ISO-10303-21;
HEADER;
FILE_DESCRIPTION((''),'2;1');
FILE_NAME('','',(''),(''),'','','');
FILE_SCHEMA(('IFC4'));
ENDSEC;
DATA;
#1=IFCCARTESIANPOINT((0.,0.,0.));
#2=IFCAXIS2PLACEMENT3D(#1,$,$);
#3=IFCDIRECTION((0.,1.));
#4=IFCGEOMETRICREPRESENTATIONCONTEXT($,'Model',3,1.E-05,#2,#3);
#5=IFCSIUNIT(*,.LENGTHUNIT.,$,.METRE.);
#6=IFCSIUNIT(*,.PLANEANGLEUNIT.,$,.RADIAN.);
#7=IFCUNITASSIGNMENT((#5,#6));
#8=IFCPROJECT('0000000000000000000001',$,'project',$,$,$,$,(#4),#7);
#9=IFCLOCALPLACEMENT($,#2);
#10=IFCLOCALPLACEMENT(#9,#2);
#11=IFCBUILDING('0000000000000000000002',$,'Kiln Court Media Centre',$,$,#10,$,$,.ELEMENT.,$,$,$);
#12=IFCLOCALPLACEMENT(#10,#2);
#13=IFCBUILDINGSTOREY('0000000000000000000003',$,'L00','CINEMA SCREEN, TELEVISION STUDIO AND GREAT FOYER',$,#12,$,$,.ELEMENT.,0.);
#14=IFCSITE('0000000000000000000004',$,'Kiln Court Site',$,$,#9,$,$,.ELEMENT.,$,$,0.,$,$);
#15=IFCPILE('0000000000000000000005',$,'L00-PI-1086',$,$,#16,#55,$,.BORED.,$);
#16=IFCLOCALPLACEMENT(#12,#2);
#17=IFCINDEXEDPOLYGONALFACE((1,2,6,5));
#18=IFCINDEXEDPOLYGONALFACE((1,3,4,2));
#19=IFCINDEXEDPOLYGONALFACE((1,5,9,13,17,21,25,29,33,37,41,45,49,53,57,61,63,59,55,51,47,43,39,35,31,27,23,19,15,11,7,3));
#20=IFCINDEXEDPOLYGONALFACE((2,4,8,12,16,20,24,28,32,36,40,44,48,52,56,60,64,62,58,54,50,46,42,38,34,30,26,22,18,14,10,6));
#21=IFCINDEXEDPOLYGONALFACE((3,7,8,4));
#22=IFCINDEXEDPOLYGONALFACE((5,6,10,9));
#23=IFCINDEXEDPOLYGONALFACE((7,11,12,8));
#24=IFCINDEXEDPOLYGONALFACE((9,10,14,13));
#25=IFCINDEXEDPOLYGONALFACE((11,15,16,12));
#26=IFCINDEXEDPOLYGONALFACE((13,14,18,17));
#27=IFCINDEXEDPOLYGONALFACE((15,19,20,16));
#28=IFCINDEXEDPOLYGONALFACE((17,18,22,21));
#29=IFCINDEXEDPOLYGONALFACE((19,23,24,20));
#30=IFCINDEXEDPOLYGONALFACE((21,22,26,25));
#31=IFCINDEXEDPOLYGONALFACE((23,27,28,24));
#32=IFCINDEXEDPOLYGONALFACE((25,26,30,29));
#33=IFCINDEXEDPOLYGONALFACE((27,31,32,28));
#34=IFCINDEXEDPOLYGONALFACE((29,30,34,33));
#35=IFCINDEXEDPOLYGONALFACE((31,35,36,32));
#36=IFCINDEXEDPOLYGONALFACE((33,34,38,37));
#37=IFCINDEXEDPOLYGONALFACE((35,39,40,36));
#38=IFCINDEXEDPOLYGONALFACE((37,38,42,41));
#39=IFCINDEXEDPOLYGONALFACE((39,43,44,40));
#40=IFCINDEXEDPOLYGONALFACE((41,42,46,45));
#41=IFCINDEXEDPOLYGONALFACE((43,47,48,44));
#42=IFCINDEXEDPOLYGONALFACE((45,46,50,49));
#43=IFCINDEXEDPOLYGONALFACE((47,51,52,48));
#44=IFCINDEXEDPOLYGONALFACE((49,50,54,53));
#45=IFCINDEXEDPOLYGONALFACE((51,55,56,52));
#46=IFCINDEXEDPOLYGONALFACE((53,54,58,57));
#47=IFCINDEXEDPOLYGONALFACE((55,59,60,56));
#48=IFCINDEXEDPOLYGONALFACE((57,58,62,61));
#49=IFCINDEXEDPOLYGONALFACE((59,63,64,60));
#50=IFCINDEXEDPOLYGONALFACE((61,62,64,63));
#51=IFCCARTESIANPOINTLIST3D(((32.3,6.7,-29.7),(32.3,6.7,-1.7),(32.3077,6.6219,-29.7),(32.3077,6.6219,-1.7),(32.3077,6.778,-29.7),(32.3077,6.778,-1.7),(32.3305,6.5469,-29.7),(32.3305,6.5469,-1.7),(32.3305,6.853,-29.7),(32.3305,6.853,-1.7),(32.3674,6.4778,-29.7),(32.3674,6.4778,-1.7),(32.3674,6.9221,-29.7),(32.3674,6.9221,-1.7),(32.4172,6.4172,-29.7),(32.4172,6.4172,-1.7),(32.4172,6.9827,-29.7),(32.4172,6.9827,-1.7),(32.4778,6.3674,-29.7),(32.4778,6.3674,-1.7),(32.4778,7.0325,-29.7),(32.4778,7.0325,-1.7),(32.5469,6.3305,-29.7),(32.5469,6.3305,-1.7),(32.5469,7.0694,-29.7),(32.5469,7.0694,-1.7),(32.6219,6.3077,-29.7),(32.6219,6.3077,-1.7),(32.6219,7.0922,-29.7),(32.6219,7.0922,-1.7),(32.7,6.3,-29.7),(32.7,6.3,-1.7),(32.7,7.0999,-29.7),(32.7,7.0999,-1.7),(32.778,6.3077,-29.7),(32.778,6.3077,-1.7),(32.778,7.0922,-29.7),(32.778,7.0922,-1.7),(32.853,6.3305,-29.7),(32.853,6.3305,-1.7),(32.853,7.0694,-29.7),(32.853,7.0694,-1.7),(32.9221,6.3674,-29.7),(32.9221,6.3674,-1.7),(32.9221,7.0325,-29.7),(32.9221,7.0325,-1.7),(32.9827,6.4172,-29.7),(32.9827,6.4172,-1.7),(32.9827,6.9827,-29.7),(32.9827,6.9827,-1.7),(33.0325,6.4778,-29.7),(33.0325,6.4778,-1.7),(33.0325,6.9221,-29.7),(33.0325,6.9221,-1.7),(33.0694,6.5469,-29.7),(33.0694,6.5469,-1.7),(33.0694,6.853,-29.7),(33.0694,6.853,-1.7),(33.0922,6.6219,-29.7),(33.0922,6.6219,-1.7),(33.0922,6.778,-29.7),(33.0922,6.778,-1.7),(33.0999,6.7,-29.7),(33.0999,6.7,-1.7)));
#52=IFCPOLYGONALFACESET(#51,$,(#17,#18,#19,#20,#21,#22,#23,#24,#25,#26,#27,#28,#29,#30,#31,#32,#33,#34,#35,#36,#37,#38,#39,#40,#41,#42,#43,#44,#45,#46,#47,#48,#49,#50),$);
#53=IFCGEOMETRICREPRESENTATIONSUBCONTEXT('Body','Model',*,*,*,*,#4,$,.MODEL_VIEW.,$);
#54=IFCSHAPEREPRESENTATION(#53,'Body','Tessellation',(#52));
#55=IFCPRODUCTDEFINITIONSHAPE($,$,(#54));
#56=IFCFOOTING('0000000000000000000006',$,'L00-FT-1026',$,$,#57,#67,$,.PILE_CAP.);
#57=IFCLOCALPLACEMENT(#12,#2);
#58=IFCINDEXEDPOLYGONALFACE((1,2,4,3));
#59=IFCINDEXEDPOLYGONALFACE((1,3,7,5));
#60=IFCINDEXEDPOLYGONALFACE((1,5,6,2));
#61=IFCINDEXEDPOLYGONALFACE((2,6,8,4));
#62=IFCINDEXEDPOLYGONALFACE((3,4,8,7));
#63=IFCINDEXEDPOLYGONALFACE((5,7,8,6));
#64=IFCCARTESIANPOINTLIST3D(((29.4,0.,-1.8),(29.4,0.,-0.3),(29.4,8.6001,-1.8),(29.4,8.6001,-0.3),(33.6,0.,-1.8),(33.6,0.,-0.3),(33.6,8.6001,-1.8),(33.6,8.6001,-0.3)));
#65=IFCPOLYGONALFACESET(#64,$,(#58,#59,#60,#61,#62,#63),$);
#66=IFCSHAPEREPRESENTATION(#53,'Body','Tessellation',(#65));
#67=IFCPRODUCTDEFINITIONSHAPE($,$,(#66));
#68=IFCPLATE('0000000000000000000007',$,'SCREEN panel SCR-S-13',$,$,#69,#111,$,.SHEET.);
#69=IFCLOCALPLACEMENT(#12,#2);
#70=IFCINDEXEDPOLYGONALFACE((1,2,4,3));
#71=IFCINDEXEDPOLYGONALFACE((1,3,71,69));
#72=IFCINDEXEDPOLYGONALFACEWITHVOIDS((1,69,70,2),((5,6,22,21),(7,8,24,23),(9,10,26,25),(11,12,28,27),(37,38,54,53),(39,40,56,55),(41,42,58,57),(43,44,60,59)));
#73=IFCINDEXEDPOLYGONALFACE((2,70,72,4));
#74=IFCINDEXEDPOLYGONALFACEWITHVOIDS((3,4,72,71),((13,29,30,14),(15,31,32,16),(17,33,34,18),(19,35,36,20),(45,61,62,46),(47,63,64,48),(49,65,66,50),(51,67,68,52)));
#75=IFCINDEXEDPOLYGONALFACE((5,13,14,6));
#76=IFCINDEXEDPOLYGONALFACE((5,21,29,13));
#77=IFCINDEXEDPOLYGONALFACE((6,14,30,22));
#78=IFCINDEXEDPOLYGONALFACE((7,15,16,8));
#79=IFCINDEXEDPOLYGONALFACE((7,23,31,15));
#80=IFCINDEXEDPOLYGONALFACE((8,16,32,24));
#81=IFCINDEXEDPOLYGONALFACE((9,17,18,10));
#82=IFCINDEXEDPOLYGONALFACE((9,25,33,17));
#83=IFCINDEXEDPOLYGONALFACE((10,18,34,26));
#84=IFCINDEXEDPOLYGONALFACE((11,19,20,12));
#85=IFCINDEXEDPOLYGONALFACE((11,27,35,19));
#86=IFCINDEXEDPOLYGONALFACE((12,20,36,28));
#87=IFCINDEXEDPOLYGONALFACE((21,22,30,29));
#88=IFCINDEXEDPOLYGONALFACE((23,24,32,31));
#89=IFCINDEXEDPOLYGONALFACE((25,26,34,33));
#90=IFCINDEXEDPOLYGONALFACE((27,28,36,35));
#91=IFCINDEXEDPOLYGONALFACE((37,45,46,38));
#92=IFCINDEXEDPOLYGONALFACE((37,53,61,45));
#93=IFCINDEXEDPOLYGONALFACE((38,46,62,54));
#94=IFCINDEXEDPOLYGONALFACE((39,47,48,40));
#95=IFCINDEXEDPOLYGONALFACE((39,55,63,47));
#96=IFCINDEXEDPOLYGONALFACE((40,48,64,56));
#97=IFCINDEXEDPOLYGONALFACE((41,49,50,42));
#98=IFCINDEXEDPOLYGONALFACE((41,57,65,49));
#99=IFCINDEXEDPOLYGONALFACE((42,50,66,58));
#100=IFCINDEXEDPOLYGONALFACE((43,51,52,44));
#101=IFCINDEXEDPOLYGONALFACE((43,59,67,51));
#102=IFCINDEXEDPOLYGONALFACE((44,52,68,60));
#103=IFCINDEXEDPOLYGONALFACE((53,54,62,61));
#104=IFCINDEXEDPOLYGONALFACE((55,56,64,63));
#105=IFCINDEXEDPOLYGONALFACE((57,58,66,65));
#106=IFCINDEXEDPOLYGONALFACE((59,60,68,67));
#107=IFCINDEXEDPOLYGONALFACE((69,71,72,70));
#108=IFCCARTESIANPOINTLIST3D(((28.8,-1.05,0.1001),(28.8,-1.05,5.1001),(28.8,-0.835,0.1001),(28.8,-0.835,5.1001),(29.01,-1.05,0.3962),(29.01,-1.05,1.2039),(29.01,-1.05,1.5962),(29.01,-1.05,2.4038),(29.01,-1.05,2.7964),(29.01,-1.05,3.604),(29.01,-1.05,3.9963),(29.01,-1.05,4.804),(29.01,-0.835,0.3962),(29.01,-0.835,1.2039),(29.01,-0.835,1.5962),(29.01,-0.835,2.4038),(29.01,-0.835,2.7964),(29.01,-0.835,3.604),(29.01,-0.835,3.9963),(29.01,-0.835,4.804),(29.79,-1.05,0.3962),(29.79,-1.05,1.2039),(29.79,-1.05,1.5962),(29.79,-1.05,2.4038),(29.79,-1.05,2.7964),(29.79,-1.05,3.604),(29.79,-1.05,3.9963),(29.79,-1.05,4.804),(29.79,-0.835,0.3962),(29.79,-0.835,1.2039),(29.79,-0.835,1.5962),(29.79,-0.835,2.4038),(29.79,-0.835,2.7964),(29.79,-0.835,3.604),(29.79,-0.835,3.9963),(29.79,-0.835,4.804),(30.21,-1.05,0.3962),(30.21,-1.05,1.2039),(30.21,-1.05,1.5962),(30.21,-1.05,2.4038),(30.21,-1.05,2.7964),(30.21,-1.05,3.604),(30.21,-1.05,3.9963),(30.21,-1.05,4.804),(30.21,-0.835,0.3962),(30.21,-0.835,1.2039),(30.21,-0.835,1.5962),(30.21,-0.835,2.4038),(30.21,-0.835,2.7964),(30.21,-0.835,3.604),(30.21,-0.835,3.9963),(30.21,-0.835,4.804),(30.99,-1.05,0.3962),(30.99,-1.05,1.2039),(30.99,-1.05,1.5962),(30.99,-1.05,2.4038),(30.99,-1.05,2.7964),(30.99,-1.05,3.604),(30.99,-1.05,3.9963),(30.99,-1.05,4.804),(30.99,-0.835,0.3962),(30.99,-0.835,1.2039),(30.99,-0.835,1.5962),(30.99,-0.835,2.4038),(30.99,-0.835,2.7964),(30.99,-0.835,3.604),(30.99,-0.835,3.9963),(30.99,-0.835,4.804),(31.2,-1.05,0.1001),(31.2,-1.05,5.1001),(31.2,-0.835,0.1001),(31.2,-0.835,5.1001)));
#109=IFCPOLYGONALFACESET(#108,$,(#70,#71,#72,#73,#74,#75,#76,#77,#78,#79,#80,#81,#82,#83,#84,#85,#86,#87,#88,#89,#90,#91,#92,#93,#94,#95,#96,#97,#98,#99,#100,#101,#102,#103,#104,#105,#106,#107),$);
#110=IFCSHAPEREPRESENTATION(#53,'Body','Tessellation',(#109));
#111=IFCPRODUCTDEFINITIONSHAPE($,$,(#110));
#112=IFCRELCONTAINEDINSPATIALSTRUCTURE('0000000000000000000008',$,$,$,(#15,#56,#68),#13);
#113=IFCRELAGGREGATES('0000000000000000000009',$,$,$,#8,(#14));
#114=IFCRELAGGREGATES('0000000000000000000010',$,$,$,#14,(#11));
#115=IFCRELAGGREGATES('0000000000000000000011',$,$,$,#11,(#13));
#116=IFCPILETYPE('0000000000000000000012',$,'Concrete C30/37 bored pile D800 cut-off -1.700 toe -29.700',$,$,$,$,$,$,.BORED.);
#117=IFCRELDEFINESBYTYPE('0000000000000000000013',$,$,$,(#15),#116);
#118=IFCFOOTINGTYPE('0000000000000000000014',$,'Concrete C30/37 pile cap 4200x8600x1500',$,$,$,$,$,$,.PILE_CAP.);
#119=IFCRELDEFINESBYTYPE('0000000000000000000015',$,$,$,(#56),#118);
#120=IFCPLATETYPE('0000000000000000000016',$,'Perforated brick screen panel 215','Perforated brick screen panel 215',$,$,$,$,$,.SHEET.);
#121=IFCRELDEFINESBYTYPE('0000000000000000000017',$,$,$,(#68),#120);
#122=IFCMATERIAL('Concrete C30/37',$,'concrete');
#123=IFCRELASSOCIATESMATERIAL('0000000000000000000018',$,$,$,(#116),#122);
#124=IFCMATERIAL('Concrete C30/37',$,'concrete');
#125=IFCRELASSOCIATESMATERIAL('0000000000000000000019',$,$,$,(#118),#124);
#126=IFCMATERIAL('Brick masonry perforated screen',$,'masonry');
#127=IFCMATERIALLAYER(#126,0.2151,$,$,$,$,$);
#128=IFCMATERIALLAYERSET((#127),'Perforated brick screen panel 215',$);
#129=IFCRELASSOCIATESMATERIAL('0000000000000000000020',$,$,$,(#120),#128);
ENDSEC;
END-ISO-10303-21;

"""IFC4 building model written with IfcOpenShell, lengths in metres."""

from ifc_helpers import new_model, si_unit, direction, frame, origin, origin_2d, place, context, subcontext, project, spatial, polyline, rectangle, circle, outline, extrude, material, layer, layer_set, material_profile, profile_set, type_object, element, save


model = new_model("IFC4")

# Units and contexts
model_context = context("Model", 3, precision=1e-05, world=origin(), true_north=direction((0.0, 1.0)))
body_context = subcontext(model_context, "Body", "Model", "MODEL_VIEW")
ifc_project = project(units=[si_unit("LENGTHUNIT", "METRE"), si_unit("PLANEANGLEUNIT", "RADIAN")], contexts=[model_context])

# Site, building, storey
site_placement = place(None, origin())
site = spatial("IfcSite", under=ifc_project, at=site_placement, Name="Kiln Court Site", CompositionType="ELEMENT", RefElevation=0.0)
building_placement = place(site_placement, origin())
building = spatial("IfcBuilding", under=site, at=building_placement, Name="Kiln Court Media Centre", CompositionType="ELEMENT")
storey_placement = place(building_placement, origin())
storey = spatial("IfcBuildingStorey", under=building, at=storey_placement, Name="L00", Description="CINEMA SCREEN, TELEVISION STUDIO AND GREAT FOYER", CompositionType="ELEMENT", Elevation=0.0)

# Pile
ifc_material_1 = material(Name="Concrete C30/37", Category="concrete")
ifc_material_profile = material_profile(ifc_material_1, circle(Radius=0.3999, at=origin_2d()), Name="PILE D800")
ifc_profile_set = profile_set([ifc_material_profile], Name="Concrete C30/37")
pile_type = type_object("IfcPileType", Name="Concrete C30/37 bored pile D800 cut-off -1.700 toe -29.700", PredefinedType="BORED", material=ifc_profile_set)
for number, where, z_axis, x_axis, name in (
    (1, (32.7, 6.7, -1.7), (0.0, 0.0, -1.0), (1.0, 0.0, 0.0), "L00-PI-1086"),
):
    element("IfcPile", number, at=place(storey_placement, frame(where, z_axis=z_axis, x_axis=x_axis)), inside=storey, type_object=pile_type, Name=name, PredefinedType="BORED", context=body_context, shape_type="SweptSolid", body=[
        extrude(circle(Radius=0.3999, at=origin_2d()), origin(), (0.0, 0.0, 1.0), 28.0),
    ])

# Footing
ifc_material_2 = material(Name="Concrete C30/37", Category="concrete")
footing_type = type_object("IfcFootingType", Name="Concrete C30/37 pile cap 4200x8600x1500", PredefinedType="PILE_CAP", material=ifc_material_2)
footing_placement = place(storey_placement, frame((31.5, 4.3, -1.8), z_axis=(0.0, 0.0, 1.0), x_axis=(1.0, 0.0, 0.0)))
element("IfcFooting", 2, at=footing_placement, inside=storey, type_object=footing_type, Name="L00-FT-1026", PredefinedType="PILE_CAP", context=body_context, shape_type="SweptSolid", body=[
    extrude(rectangle(XDim=4.2, YDim=8.6001, at=origin_2d()), origin(), (0.0, 0.0, 1.0), 1.5),
])

# Plate
ifc_material_3 = material(Name="Brick masonry perforated screen", Category="masonry")
ifc_layer = layer(ifc_material_3, 0.2151)
ifc_layer_set = layer_set([ifc_layer], Name="Perforated brick screen panel 215")
plate_type = type_object("IfcPlateType", Name="Perforated brick screen panel 215", Description="Perforated brick screen panel 215", PredefinedType="SHEET", material=ifc_layer_set)
plate_placement = place(storey_placement, frame((30.0, -0.835, 0.1001), z_axis=(0.0, -1.0, 0.0), x_axis=(1.0, 0.0, 0.0)))
element("IfcPlate", 3, at=plate_placement, inside=storey, type_object=plate_type, Name="SCREEN panel SCR-S-13", PredefinedType="SHEET", context=body_context, shape_type="SweptSolid", body=[
    extrude(outline(polyline([(-1.2, 0.0), (1.2, 0.0), (1.2, 5.0), (-1.2, 5.0), (-1.2, 0.0)]), holes=[polyline([(-0.99, 0.2961), (-0.21, 0.2961), (-0.21, 1.1038), (-0.99, 1.1038), (-0.99, 0.2961)]), polyline([(-0.99, 1.4961), (-0.21, 1.4961), (-0.21, 2.3037), (-0.99, 2.3037), (-0.99, 1.4961)]), polyline([(-0.99, 2.6963), (-0.21, 2.6963), (-0.21, 3.5039), (-0.99, 3.5039), (-0.99, 2.6963)]), polyline([(-0.99, 3.8962), (-0.21, 3.8962), (-0.21, 4.7039), (-0.99, 4.7039), (-0.99, 3.8962)]), polyline([(0.21, 0.2961), (0.99, 0.2961), (0.99, 1.1038), (0.21, 1.1038), (0.21, 0.2961)]), polyline([(0.21, 1.4961), (0.99, 1.4961), (0.99, 2.3037), (0.21, 2.3037), (0.21, 1.4961)]), polyline([(0.21, 2.6963), (0.99, 2.6963), (0.99, 3.5039), (0.21, 3.5039), (0.21, 2.6963)]), polyline([(0.21, 3.8962), (0.99, 3.8962), (0.99, 4.7039), (0.21, 4.7039), (0.21, 3.8962)])]), origin(), (0.0, 0.0, 1.0), 0.2151),
])

save(model, "model.ifc")
